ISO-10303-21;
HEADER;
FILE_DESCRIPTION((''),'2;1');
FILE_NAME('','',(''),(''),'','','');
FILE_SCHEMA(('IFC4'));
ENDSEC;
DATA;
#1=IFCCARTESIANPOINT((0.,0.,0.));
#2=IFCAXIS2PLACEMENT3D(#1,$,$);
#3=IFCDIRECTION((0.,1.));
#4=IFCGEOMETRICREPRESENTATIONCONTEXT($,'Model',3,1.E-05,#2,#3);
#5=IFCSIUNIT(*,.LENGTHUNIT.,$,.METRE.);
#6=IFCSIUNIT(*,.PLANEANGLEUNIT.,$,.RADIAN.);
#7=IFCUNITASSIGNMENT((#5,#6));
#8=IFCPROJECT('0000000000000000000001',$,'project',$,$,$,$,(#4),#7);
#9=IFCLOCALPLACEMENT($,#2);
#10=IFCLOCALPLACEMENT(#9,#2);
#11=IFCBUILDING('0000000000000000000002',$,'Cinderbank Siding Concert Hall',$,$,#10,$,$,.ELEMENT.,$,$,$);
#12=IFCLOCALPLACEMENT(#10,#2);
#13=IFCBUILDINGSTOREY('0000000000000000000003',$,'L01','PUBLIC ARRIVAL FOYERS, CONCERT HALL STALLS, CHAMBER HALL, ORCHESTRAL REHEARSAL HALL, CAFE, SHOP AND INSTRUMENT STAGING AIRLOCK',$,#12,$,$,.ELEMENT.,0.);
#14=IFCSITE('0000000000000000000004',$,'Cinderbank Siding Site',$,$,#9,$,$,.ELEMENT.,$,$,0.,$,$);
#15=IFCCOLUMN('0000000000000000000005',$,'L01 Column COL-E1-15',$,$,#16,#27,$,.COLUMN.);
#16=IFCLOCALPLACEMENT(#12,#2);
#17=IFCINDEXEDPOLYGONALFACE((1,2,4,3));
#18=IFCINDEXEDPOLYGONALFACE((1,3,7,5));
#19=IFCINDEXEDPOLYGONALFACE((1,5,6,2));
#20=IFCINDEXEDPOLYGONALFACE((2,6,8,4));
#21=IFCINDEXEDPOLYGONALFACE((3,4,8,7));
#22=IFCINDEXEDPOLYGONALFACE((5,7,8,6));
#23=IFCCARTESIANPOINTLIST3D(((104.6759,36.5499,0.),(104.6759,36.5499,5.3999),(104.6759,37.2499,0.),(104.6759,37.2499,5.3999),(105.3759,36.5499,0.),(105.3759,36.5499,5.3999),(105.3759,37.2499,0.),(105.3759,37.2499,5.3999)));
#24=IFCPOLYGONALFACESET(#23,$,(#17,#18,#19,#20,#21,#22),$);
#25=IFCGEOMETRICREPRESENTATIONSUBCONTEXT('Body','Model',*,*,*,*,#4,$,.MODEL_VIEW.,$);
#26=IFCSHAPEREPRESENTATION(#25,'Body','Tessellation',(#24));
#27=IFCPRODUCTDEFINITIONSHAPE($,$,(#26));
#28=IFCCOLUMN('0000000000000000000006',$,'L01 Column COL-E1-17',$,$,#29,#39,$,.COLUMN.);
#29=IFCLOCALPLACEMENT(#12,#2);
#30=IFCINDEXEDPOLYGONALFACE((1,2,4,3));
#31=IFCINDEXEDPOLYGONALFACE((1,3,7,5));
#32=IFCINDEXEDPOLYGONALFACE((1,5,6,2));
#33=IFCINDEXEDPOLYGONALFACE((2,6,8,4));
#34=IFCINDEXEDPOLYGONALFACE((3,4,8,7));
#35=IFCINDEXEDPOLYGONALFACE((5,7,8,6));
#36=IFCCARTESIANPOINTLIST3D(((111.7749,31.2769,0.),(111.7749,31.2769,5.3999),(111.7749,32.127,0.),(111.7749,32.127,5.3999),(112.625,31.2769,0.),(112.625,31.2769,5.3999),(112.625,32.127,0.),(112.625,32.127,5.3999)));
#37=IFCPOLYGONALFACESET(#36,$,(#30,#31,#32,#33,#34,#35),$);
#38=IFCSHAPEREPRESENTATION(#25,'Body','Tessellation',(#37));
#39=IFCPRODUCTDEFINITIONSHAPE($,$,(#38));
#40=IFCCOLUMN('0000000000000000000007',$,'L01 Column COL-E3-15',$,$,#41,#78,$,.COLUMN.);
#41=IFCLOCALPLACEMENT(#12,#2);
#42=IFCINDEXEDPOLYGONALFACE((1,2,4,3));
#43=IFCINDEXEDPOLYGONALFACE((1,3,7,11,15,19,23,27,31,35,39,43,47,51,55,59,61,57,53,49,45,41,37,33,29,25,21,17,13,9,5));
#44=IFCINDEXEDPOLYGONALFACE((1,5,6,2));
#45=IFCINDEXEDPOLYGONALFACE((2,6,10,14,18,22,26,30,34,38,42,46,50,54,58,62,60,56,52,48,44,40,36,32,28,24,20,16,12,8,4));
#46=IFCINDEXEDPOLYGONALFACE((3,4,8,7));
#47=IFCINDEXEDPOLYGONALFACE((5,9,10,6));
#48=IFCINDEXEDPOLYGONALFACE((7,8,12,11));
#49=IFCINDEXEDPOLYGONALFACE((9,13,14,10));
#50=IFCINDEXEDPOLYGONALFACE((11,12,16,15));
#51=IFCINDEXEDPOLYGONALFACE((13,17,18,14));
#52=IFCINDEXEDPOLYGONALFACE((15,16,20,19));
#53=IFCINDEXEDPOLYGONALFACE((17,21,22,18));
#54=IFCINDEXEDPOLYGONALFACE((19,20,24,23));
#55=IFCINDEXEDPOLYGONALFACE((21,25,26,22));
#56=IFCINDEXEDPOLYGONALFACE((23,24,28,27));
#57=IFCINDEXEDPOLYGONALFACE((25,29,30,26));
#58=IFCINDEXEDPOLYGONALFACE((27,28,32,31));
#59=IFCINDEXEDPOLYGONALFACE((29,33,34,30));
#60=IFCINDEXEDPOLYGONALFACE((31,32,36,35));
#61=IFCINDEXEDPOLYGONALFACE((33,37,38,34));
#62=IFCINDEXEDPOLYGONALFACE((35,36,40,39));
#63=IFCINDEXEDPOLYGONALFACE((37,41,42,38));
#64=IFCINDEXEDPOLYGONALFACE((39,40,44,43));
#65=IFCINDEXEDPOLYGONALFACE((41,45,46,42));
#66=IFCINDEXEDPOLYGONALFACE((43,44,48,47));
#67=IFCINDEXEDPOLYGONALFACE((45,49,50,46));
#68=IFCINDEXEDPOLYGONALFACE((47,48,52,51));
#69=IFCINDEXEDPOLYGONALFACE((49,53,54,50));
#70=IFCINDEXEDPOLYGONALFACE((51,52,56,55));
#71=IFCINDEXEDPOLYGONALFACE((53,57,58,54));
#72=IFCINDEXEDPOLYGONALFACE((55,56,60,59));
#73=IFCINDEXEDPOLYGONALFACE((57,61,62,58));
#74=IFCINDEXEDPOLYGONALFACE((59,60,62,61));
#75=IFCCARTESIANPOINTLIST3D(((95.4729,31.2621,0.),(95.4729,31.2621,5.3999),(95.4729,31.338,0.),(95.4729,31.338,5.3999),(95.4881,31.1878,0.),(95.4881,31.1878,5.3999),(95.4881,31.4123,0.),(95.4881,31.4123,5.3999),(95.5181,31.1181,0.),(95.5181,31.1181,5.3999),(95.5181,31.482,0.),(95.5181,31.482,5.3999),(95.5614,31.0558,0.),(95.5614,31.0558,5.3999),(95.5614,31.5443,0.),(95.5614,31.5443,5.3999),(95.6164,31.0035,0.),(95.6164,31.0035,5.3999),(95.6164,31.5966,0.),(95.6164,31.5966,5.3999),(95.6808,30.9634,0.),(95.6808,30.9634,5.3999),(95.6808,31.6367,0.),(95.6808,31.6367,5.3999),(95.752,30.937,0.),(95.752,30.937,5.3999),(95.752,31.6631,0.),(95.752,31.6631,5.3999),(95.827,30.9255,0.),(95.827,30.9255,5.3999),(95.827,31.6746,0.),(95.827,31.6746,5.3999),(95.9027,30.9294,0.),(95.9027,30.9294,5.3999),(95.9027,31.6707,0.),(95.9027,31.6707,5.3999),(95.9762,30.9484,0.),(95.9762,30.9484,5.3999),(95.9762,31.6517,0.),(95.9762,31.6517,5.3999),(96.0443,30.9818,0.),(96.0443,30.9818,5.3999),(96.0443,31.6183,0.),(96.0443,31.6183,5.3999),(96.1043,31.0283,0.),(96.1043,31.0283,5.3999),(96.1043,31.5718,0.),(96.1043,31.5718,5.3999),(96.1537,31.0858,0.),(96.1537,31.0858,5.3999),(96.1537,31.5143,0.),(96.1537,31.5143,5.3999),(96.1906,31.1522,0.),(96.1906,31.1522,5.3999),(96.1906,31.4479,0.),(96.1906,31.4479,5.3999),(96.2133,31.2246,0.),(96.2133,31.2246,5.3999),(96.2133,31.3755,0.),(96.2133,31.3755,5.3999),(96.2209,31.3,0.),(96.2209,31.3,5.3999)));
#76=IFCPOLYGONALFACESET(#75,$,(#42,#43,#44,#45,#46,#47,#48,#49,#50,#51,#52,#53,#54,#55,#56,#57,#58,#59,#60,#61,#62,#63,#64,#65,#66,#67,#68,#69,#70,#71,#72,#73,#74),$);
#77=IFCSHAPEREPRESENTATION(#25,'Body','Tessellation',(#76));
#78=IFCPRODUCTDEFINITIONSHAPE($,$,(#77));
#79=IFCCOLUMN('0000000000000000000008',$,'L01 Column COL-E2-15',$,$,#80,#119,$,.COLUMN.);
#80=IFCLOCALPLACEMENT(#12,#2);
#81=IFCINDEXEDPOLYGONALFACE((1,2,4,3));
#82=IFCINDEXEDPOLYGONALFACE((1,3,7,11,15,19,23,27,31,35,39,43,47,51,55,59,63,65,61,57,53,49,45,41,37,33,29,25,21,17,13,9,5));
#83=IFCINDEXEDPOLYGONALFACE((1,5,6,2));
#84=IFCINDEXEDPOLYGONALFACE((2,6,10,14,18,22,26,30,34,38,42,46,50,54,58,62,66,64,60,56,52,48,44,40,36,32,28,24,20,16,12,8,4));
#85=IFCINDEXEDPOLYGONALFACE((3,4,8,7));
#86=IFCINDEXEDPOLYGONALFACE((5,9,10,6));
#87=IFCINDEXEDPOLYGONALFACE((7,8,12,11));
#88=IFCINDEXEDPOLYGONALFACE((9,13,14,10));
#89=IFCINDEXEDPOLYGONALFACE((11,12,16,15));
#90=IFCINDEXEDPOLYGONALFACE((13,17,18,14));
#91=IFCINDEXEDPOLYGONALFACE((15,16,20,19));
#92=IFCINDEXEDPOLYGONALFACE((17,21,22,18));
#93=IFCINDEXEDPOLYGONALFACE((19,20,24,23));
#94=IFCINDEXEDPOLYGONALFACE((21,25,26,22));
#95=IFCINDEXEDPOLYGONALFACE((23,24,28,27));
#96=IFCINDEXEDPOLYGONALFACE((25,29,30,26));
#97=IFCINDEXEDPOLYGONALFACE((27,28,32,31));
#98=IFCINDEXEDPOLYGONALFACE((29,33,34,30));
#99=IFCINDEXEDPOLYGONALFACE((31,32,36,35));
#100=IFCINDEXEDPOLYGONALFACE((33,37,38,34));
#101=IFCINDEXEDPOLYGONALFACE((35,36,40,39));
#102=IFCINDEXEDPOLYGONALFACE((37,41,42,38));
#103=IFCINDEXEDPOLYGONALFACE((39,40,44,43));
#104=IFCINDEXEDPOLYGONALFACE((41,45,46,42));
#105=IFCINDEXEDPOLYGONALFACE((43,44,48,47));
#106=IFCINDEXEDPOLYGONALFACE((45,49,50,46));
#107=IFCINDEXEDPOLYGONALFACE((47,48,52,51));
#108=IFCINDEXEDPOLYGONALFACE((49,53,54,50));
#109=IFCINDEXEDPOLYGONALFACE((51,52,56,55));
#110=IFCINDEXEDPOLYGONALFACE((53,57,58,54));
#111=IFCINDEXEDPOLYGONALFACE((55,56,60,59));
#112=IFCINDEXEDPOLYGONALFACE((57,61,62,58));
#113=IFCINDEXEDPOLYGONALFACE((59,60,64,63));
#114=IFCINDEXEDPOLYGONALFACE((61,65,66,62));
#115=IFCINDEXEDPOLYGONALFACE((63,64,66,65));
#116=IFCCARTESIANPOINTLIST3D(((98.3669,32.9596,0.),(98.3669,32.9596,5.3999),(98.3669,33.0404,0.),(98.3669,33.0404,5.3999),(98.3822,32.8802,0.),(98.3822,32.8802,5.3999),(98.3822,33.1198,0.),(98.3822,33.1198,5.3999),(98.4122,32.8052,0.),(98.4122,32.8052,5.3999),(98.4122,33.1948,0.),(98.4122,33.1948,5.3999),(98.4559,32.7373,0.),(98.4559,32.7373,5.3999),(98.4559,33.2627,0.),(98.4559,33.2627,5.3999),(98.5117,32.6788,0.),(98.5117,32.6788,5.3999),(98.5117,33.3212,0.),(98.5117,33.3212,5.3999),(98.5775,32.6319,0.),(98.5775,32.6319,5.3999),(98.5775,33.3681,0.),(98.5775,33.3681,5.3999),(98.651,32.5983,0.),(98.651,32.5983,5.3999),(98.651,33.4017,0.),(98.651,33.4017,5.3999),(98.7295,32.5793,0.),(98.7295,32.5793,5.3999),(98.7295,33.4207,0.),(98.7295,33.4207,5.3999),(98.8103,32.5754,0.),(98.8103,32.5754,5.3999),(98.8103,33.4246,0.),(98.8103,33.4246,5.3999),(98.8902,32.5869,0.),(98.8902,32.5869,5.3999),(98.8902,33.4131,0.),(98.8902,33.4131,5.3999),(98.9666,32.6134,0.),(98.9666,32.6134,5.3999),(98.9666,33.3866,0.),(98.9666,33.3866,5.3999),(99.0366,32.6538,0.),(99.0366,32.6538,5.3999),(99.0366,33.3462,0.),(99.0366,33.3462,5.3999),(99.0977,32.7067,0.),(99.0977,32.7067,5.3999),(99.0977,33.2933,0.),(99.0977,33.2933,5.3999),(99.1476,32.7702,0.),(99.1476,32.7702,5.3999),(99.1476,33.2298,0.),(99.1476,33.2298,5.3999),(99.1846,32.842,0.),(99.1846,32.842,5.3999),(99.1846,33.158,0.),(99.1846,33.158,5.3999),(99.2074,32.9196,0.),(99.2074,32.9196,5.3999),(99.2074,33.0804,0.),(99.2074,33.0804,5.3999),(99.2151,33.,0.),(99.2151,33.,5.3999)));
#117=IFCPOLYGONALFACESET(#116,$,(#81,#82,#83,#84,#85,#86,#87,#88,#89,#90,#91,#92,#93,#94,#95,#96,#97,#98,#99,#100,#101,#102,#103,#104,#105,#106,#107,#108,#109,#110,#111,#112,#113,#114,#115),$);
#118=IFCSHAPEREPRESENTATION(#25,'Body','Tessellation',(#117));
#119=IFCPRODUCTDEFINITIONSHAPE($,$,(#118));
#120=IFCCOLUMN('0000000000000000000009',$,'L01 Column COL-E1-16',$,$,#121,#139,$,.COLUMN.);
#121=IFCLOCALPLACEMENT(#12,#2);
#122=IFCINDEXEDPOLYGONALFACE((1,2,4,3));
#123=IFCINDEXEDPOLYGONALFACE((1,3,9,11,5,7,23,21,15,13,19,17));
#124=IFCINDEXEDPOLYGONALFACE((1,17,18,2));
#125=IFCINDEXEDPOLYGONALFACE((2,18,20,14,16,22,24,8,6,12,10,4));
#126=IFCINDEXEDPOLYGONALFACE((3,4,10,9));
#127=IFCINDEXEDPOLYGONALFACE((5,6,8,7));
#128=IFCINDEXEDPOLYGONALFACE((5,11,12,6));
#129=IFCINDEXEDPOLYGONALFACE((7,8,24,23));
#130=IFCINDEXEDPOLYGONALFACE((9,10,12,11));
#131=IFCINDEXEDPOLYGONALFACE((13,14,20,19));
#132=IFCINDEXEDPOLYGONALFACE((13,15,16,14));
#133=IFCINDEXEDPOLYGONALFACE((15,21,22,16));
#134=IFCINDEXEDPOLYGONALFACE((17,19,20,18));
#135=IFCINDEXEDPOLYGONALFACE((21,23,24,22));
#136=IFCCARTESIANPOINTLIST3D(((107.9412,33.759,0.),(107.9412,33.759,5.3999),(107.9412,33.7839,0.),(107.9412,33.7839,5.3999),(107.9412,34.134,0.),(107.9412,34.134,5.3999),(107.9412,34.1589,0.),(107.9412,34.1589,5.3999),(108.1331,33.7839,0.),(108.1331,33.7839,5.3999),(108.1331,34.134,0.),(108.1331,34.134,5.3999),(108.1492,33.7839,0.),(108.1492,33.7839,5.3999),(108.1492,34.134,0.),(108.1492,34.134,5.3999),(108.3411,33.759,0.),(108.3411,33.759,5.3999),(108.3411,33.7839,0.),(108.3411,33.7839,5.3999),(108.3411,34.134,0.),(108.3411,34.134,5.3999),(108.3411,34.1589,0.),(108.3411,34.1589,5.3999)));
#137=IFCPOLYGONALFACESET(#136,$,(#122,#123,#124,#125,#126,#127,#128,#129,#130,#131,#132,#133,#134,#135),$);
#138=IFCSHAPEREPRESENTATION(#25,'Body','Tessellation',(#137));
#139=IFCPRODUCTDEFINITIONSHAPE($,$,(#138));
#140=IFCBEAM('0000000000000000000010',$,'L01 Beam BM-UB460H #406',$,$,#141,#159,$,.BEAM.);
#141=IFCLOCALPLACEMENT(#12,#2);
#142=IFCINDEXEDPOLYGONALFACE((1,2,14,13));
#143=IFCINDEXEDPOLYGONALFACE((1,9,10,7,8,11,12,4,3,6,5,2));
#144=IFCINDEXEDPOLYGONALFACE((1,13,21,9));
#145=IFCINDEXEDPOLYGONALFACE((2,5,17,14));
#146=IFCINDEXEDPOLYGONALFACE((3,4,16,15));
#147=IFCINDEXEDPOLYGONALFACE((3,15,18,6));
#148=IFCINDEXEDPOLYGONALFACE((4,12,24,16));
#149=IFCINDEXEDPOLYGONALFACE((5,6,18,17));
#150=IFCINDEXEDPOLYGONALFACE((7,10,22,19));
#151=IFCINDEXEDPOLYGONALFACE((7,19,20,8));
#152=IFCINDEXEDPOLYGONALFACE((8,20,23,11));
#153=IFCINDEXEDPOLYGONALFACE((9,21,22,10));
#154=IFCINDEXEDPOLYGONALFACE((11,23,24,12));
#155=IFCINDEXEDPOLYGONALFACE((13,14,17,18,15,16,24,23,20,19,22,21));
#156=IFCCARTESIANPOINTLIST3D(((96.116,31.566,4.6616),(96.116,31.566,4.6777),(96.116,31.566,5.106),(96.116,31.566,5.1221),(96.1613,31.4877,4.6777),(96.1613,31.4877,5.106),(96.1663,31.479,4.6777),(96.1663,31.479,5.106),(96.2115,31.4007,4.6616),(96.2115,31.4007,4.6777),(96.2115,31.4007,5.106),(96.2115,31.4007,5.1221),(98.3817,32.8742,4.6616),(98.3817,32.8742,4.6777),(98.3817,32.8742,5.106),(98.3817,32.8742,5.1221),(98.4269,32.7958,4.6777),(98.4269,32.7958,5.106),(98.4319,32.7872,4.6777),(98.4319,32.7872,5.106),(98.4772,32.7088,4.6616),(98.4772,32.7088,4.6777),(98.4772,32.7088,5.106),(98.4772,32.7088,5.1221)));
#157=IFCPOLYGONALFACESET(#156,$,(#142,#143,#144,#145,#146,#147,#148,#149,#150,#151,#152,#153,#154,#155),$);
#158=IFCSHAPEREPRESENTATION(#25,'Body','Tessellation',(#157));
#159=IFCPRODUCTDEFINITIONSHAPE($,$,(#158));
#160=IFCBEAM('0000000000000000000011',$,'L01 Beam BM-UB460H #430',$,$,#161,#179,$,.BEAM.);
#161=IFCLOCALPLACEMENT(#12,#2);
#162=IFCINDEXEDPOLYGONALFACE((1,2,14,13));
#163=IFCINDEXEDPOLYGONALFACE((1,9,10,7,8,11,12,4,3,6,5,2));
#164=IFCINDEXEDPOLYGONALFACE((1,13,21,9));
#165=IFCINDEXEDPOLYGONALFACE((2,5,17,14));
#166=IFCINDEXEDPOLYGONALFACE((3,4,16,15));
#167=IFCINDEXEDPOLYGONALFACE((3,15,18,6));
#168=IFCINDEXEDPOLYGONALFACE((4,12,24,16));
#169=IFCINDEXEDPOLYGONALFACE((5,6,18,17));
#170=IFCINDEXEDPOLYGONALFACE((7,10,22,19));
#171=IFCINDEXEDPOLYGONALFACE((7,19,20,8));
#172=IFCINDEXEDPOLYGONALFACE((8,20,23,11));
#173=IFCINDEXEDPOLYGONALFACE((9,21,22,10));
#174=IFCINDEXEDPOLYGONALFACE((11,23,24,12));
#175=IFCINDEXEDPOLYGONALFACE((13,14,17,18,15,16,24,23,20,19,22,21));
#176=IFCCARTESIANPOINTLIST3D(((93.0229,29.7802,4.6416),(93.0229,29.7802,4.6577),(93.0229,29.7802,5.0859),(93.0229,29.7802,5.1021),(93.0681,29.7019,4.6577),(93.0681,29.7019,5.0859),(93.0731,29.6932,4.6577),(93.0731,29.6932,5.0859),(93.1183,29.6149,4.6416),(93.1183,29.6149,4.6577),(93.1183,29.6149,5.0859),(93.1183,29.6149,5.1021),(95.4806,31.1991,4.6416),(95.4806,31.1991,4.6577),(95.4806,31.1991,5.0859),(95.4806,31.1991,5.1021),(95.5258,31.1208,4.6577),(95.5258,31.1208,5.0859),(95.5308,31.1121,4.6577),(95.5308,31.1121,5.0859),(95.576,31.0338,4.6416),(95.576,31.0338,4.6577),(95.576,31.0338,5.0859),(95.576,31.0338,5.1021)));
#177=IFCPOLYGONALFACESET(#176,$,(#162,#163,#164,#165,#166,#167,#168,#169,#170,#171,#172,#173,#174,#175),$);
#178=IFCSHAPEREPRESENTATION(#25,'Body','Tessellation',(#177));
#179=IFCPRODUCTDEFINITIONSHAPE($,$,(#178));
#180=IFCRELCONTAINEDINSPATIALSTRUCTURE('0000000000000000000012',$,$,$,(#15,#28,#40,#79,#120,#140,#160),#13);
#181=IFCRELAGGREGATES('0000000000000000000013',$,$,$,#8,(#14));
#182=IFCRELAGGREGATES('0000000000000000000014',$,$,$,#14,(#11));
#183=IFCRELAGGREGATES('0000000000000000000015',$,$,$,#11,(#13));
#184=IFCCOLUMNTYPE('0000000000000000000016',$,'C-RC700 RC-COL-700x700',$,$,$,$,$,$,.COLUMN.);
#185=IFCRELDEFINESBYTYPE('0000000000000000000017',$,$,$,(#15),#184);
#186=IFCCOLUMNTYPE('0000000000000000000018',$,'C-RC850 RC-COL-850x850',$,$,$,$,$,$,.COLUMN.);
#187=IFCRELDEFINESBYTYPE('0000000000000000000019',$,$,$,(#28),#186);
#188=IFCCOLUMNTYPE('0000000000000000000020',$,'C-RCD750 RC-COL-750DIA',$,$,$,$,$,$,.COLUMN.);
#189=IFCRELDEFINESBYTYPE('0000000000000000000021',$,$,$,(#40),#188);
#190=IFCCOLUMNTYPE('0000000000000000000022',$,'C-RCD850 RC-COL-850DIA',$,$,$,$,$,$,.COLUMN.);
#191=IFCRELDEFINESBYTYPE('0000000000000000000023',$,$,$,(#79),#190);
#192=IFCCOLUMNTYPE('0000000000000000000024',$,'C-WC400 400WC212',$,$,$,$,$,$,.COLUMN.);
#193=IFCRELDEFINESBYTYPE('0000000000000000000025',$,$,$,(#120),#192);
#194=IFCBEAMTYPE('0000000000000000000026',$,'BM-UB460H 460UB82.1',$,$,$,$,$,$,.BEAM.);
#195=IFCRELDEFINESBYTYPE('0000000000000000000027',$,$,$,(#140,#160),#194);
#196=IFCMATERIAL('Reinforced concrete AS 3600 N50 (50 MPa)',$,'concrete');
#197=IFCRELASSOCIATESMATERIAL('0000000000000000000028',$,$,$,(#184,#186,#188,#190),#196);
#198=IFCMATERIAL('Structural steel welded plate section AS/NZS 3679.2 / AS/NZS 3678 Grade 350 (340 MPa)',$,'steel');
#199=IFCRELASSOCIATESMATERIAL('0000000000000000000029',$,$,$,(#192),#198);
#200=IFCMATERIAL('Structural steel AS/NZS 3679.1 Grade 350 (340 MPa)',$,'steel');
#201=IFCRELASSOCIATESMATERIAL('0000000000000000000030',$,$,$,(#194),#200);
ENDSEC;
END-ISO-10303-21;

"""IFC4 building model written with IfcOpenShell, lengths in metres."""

from ifc_helpers import new_model, si_unit, direction, frame, origin, origin_2d, place, context, subcontext, project, spatial, rectangle, circle, i_section, extrude, material, material_profile, profile_set, type_object, element, save


model = new_model("IFC4")

# Units and contexts
model_context = context("Model", 3, precision=1e-05, world=origin(), true_north=direction((0.0, 1.0)))
body_context = subcontext(model_context, "Body", "Model", "MODEL_VIEW")
ifc_project = project(units=[si_unit("LENGTHUNIT", "METRE"), si_unit("PLANEANGLEUNIT", "RADIAN")], contexts=[model_context])

# Site, building, storey
site_placement = place(None, origin())
site = spatial("IfcSite", under=ifc_project, at=site_placement, Name="Cinderbank Siding Site", CompositionType="ELEMENT", RefElevation=0.0)
building_placement = place(site_placement, origin())
building = spatial("IfcBuilding", under=site, at=building_placement, Name="Cinderbank Siding Concert Hall", CompositionType="ELEMENT")
storey_placement = place(building_placement, origin())
storey = spatial("IfcBuildingStorey", under=building, at=storey_placement, Name="L01", Description="PUBLIC ARRIVAL FOYERS, CONCERT HALL STALLS, CHAMBER HALL, ORCHESTRAL REHEARSAL HALL, CAFE, SHOP AND INSTRUMENT STAGING AIRLOCK", CompositionType="ELEMENT", Elevation=0.0)

# Columns
ifc_material_1 = material(Name="Reinforced concrete AS 3600 N50 (50 MPa)", Category="concrete")
ifc_material_profile_1 = material_profile(ifc_material_1, rectangle(XDim=0.7, YDim=0.7, at=origin_2d()), Name="RC-COL-700x700", Category="LoadBearing")
ifc_profile_set_1 = profile_set([ifc_material_profile_1], Name="Reinforced concrete AS 3600 N50 (50 MPa)")
column_type_1 = type_object("IfcColumnType", Name="C-RC700 RC-COL-700x700", PredefinedType="COLUMN", material=ifc_profile_set_1)
column_1_placement = place(storey_placement, frame((105.0259, 36.8999, 0.0), z_axis=(0.0, 0.0, 1.0), x_axis=(1.0, 0.0, 0.0)))
element("IfcColumn", 1, at=column_1_placement, inside=storey, type_object=column_type_1, Name="L01 Column COL-E1-15", PredefinedType="COLUMN", context=body_context, shape_type="SweptSolid", body=[
    extrude(rectangle(XDim=0.7, YDim=0.7, at=origin_2d()), origin(), (0.0, 0.0, 1.0), 5.3999),
])
ifc_material_profile_2 = material_profile(ifc_material_1, rectangle(XDim=0.8501, YDim=0.8501, at=origin_2d()), Name="RC-COL-850x850", Category="LoadBearing")
ifc_profile_set_2 = profile_set([ifc_material_profile_2], Name="Reinforced concrete AS 3600 N50 (50 MPa)")
column_type_2 = type_object("IfcColumnType", Name="C-RC850 RC-COL-850x850", PredefinedType="COLUMN", material=ifc_profile_set_2)
column_2_placement = place(storey_placement, frame((112.2, 31.7019, 0.0), z_axis=(0.0, 0.0, 1.0), x_axis=(1.0, 0.0, 0.0)))
element("IfcColumn", 2, at=column_2_placement, inside=storey, type_object=column_type_2, Name="L01 Column COL-E1-17", PredefinedType="COLUMN", context=body_context, shape_type="SweptSolid", body=[
    extrude(rectangle(XDim=0.8501, YDim=0.8501, at=origin_2d()), origin(), (0.0, 0.0, 1.0), 5.3999),
])
ifc_material_profile_3 = material_profile(ifc_material_1, circle(Radius=0.375, at=origin_2d()), Name="RC-COL-750DIA", Category="LoadBearing")
ifc_profile_set_3 = profile_set([ifc_material_profile_3], Name="Reinforced concrete AS 3600 N50 (50 MPa)")
column_type_3 = type_object("IfcColumnType", Name="C-RCD750 RC-COL-750DIA", PredefinedType="COLUMN", material=ifc_profile_set_3)
column_3_placement = place(storey_placement, frame((95.8459, 31.3, 0.0), z_axis=(0.0, 0.0, 1.0), x_axis=(1.0, 0.0, 0.0)))
element("IfcColumn", 3, at=column_3_placement, inside=storey, type_object=column_type_3, Name="L01 Column COL-E3-15", PredefinedType="COLUMN", context=body_context, shape_type="SweptSolid", body=[
    extrude(circle(Radius=0.375, at=origin_2d()), origin(), (0.0, 0.0, 1.0), 5.3999),
])
ifc_material_profile_4 = material_profile(ifc_material_1, circle(Radius=0.425, at=origin_2d()), Name="RC-COL-850DIA", Category="LoadBearing")
ifc_profile_set_4 = profile_set([ifc_material_profile_4], Name="Reinforced concrete AS 3600 N50 (50 MPa)")
column_type_4 = type_object("IfcColumnType", Name="C-RCD850 RC-COL-850DIA", PredefinedType="COLUMN", material=ifc_profile_set_4)
column_4_placement = place(storey_placement, frame((98.79, 33.0, 0.0), z_axis=(0.0, 0.0, 1.0), x_axis=(1.0, 0.0, 0.0)))
element("IfcColumn", 4, at=column_4_placement, inside=storey, type_object=column_type_4, Name="L01 Column COL-E2-15", PredefinedType="COLUMN", context=body_context, shape_type="SweptSolid", body=[
    extrude(circle(Radius=0.425, at=origin_2d()), origin(), (0.0, 0.0, 1.0), 5.3999),
])
ifc_material_2 = material(Name="Structural steel welded plate section AS/NZS 3679.2 / AS/NZS 3678 Grade 350 (340 MPa)", Category="steel")
ifc_material_profile_5 = material_profile(ifc_material_2, i_section(OverallWidth=0.3999, OverallDepth=0.3999, WebThickness=0.0161, FlangeThickness=0.0249, at=origin_2d()), Name="400WC212", Category="LoadBearing")
ifc_profile_set_5 = profile_set([ifc_material_profile_5], Name="Structural steel welded plate section AS/NZS 3679.2 / AS/NZS 3678 Grade 350 (340 MPa)")
column_type_5 = type_object("IfcColumnType", Name="C-WC400 400WC212", PredefinedType="COLUMN", material=ifc_profile_set_5)
column_5_placement = place(storey_placement, frame((108.1411, 33.959, 0.0), z_axis=(0.0, 0.0, 1.0), x_axis=(1.0, 0.0, 0.0)))
element("IfcColumn", 5, at=column_5_placement, inside=storey, type_object=column_type_5, Name="L01 Column COL-E1-16", PredefinedType="COLUMN", context=body_context, shape_type="SweptSolid", body=[
    extrude(i_section(OverallWidth=0.3999, OverallDepth=0.3999, WebThickness=0.0161, FlangeThickness=0.0249, at=origin_2d()), origin(), (0.0, 0.0, 1.0), 5.3999),
])

# Beams
ifc_material_3 = material(Name="Structural steel AS/NZS 3679.1 Grade 350 (340 MPa)", Category="steel")
ifc_material_profile_6 = material_profile(ifc_material_3, i_section(OverallWidth=0.1909, OverallDepth=0.4604, WebThickness=0.01, FlangeThickness=0.0161, at=origin_2d()), Name="460UB82.1", Category="LoadBearing")
ifc_profile_set_6 = profile_set([ifc_material_profile_6], Name="Structural steel AS/NZS 3679.1 Grade 350 (340 MPa)")
beam_type_1 = type_object("IfcBeamType", Name="BM-UB460H 460UB82.1", PredefinedType="BEAM", material=ifc_profile_set_6)
beam_1_placement = place(storey_placement, frame((98.4294, 32.7915, 4.8918), z_axis=(-0.866018, -0.500013, 0.0), x_axis=(0.500013, -0.866018, 0.0)))
element("IfcBeam", 6, at=beam_1_placement, inside=storey, type_object=beam_type_1, Name="L01 Beam BM-UB460H #406", PredefinedType="BEAM", context=body_context, shape_type="SweptSolid", body=[
    extrude(i_section(OverallWidth=0.1909, OverallDepth=0.4604, WebThickness=0.01, FlangeThickness=0.0161, at=origin_2d()), origin(), (0.0, 0.0, 1.0), 2.6162),
])
beam_2_placement = place(storey_placement, frame((95.5283, 31.1165, 4.8718), z_axis=(-0.866032, -0.499988, 0.0), x_axis=(0.499988, -0.866032, 0.0)))
element("IfcBeam", 7, at=beam_2_placement, inside=storey, type_object=beam_type_1, Name="L01 Beam BM-UB460H #430", PredefinedType="BEAM", context=body_context, shape_type="SweptSolid", body=[
    extrude(i_section(OverallWidth=0.1909, OverallDepth=0.4604, WebThickness=0.01, FlangeThickness=0.0161, at=origin_2d()), origin(), (0.0, 0.0, 1.0), 2.8379),
])

save(model, "model.ifc")
